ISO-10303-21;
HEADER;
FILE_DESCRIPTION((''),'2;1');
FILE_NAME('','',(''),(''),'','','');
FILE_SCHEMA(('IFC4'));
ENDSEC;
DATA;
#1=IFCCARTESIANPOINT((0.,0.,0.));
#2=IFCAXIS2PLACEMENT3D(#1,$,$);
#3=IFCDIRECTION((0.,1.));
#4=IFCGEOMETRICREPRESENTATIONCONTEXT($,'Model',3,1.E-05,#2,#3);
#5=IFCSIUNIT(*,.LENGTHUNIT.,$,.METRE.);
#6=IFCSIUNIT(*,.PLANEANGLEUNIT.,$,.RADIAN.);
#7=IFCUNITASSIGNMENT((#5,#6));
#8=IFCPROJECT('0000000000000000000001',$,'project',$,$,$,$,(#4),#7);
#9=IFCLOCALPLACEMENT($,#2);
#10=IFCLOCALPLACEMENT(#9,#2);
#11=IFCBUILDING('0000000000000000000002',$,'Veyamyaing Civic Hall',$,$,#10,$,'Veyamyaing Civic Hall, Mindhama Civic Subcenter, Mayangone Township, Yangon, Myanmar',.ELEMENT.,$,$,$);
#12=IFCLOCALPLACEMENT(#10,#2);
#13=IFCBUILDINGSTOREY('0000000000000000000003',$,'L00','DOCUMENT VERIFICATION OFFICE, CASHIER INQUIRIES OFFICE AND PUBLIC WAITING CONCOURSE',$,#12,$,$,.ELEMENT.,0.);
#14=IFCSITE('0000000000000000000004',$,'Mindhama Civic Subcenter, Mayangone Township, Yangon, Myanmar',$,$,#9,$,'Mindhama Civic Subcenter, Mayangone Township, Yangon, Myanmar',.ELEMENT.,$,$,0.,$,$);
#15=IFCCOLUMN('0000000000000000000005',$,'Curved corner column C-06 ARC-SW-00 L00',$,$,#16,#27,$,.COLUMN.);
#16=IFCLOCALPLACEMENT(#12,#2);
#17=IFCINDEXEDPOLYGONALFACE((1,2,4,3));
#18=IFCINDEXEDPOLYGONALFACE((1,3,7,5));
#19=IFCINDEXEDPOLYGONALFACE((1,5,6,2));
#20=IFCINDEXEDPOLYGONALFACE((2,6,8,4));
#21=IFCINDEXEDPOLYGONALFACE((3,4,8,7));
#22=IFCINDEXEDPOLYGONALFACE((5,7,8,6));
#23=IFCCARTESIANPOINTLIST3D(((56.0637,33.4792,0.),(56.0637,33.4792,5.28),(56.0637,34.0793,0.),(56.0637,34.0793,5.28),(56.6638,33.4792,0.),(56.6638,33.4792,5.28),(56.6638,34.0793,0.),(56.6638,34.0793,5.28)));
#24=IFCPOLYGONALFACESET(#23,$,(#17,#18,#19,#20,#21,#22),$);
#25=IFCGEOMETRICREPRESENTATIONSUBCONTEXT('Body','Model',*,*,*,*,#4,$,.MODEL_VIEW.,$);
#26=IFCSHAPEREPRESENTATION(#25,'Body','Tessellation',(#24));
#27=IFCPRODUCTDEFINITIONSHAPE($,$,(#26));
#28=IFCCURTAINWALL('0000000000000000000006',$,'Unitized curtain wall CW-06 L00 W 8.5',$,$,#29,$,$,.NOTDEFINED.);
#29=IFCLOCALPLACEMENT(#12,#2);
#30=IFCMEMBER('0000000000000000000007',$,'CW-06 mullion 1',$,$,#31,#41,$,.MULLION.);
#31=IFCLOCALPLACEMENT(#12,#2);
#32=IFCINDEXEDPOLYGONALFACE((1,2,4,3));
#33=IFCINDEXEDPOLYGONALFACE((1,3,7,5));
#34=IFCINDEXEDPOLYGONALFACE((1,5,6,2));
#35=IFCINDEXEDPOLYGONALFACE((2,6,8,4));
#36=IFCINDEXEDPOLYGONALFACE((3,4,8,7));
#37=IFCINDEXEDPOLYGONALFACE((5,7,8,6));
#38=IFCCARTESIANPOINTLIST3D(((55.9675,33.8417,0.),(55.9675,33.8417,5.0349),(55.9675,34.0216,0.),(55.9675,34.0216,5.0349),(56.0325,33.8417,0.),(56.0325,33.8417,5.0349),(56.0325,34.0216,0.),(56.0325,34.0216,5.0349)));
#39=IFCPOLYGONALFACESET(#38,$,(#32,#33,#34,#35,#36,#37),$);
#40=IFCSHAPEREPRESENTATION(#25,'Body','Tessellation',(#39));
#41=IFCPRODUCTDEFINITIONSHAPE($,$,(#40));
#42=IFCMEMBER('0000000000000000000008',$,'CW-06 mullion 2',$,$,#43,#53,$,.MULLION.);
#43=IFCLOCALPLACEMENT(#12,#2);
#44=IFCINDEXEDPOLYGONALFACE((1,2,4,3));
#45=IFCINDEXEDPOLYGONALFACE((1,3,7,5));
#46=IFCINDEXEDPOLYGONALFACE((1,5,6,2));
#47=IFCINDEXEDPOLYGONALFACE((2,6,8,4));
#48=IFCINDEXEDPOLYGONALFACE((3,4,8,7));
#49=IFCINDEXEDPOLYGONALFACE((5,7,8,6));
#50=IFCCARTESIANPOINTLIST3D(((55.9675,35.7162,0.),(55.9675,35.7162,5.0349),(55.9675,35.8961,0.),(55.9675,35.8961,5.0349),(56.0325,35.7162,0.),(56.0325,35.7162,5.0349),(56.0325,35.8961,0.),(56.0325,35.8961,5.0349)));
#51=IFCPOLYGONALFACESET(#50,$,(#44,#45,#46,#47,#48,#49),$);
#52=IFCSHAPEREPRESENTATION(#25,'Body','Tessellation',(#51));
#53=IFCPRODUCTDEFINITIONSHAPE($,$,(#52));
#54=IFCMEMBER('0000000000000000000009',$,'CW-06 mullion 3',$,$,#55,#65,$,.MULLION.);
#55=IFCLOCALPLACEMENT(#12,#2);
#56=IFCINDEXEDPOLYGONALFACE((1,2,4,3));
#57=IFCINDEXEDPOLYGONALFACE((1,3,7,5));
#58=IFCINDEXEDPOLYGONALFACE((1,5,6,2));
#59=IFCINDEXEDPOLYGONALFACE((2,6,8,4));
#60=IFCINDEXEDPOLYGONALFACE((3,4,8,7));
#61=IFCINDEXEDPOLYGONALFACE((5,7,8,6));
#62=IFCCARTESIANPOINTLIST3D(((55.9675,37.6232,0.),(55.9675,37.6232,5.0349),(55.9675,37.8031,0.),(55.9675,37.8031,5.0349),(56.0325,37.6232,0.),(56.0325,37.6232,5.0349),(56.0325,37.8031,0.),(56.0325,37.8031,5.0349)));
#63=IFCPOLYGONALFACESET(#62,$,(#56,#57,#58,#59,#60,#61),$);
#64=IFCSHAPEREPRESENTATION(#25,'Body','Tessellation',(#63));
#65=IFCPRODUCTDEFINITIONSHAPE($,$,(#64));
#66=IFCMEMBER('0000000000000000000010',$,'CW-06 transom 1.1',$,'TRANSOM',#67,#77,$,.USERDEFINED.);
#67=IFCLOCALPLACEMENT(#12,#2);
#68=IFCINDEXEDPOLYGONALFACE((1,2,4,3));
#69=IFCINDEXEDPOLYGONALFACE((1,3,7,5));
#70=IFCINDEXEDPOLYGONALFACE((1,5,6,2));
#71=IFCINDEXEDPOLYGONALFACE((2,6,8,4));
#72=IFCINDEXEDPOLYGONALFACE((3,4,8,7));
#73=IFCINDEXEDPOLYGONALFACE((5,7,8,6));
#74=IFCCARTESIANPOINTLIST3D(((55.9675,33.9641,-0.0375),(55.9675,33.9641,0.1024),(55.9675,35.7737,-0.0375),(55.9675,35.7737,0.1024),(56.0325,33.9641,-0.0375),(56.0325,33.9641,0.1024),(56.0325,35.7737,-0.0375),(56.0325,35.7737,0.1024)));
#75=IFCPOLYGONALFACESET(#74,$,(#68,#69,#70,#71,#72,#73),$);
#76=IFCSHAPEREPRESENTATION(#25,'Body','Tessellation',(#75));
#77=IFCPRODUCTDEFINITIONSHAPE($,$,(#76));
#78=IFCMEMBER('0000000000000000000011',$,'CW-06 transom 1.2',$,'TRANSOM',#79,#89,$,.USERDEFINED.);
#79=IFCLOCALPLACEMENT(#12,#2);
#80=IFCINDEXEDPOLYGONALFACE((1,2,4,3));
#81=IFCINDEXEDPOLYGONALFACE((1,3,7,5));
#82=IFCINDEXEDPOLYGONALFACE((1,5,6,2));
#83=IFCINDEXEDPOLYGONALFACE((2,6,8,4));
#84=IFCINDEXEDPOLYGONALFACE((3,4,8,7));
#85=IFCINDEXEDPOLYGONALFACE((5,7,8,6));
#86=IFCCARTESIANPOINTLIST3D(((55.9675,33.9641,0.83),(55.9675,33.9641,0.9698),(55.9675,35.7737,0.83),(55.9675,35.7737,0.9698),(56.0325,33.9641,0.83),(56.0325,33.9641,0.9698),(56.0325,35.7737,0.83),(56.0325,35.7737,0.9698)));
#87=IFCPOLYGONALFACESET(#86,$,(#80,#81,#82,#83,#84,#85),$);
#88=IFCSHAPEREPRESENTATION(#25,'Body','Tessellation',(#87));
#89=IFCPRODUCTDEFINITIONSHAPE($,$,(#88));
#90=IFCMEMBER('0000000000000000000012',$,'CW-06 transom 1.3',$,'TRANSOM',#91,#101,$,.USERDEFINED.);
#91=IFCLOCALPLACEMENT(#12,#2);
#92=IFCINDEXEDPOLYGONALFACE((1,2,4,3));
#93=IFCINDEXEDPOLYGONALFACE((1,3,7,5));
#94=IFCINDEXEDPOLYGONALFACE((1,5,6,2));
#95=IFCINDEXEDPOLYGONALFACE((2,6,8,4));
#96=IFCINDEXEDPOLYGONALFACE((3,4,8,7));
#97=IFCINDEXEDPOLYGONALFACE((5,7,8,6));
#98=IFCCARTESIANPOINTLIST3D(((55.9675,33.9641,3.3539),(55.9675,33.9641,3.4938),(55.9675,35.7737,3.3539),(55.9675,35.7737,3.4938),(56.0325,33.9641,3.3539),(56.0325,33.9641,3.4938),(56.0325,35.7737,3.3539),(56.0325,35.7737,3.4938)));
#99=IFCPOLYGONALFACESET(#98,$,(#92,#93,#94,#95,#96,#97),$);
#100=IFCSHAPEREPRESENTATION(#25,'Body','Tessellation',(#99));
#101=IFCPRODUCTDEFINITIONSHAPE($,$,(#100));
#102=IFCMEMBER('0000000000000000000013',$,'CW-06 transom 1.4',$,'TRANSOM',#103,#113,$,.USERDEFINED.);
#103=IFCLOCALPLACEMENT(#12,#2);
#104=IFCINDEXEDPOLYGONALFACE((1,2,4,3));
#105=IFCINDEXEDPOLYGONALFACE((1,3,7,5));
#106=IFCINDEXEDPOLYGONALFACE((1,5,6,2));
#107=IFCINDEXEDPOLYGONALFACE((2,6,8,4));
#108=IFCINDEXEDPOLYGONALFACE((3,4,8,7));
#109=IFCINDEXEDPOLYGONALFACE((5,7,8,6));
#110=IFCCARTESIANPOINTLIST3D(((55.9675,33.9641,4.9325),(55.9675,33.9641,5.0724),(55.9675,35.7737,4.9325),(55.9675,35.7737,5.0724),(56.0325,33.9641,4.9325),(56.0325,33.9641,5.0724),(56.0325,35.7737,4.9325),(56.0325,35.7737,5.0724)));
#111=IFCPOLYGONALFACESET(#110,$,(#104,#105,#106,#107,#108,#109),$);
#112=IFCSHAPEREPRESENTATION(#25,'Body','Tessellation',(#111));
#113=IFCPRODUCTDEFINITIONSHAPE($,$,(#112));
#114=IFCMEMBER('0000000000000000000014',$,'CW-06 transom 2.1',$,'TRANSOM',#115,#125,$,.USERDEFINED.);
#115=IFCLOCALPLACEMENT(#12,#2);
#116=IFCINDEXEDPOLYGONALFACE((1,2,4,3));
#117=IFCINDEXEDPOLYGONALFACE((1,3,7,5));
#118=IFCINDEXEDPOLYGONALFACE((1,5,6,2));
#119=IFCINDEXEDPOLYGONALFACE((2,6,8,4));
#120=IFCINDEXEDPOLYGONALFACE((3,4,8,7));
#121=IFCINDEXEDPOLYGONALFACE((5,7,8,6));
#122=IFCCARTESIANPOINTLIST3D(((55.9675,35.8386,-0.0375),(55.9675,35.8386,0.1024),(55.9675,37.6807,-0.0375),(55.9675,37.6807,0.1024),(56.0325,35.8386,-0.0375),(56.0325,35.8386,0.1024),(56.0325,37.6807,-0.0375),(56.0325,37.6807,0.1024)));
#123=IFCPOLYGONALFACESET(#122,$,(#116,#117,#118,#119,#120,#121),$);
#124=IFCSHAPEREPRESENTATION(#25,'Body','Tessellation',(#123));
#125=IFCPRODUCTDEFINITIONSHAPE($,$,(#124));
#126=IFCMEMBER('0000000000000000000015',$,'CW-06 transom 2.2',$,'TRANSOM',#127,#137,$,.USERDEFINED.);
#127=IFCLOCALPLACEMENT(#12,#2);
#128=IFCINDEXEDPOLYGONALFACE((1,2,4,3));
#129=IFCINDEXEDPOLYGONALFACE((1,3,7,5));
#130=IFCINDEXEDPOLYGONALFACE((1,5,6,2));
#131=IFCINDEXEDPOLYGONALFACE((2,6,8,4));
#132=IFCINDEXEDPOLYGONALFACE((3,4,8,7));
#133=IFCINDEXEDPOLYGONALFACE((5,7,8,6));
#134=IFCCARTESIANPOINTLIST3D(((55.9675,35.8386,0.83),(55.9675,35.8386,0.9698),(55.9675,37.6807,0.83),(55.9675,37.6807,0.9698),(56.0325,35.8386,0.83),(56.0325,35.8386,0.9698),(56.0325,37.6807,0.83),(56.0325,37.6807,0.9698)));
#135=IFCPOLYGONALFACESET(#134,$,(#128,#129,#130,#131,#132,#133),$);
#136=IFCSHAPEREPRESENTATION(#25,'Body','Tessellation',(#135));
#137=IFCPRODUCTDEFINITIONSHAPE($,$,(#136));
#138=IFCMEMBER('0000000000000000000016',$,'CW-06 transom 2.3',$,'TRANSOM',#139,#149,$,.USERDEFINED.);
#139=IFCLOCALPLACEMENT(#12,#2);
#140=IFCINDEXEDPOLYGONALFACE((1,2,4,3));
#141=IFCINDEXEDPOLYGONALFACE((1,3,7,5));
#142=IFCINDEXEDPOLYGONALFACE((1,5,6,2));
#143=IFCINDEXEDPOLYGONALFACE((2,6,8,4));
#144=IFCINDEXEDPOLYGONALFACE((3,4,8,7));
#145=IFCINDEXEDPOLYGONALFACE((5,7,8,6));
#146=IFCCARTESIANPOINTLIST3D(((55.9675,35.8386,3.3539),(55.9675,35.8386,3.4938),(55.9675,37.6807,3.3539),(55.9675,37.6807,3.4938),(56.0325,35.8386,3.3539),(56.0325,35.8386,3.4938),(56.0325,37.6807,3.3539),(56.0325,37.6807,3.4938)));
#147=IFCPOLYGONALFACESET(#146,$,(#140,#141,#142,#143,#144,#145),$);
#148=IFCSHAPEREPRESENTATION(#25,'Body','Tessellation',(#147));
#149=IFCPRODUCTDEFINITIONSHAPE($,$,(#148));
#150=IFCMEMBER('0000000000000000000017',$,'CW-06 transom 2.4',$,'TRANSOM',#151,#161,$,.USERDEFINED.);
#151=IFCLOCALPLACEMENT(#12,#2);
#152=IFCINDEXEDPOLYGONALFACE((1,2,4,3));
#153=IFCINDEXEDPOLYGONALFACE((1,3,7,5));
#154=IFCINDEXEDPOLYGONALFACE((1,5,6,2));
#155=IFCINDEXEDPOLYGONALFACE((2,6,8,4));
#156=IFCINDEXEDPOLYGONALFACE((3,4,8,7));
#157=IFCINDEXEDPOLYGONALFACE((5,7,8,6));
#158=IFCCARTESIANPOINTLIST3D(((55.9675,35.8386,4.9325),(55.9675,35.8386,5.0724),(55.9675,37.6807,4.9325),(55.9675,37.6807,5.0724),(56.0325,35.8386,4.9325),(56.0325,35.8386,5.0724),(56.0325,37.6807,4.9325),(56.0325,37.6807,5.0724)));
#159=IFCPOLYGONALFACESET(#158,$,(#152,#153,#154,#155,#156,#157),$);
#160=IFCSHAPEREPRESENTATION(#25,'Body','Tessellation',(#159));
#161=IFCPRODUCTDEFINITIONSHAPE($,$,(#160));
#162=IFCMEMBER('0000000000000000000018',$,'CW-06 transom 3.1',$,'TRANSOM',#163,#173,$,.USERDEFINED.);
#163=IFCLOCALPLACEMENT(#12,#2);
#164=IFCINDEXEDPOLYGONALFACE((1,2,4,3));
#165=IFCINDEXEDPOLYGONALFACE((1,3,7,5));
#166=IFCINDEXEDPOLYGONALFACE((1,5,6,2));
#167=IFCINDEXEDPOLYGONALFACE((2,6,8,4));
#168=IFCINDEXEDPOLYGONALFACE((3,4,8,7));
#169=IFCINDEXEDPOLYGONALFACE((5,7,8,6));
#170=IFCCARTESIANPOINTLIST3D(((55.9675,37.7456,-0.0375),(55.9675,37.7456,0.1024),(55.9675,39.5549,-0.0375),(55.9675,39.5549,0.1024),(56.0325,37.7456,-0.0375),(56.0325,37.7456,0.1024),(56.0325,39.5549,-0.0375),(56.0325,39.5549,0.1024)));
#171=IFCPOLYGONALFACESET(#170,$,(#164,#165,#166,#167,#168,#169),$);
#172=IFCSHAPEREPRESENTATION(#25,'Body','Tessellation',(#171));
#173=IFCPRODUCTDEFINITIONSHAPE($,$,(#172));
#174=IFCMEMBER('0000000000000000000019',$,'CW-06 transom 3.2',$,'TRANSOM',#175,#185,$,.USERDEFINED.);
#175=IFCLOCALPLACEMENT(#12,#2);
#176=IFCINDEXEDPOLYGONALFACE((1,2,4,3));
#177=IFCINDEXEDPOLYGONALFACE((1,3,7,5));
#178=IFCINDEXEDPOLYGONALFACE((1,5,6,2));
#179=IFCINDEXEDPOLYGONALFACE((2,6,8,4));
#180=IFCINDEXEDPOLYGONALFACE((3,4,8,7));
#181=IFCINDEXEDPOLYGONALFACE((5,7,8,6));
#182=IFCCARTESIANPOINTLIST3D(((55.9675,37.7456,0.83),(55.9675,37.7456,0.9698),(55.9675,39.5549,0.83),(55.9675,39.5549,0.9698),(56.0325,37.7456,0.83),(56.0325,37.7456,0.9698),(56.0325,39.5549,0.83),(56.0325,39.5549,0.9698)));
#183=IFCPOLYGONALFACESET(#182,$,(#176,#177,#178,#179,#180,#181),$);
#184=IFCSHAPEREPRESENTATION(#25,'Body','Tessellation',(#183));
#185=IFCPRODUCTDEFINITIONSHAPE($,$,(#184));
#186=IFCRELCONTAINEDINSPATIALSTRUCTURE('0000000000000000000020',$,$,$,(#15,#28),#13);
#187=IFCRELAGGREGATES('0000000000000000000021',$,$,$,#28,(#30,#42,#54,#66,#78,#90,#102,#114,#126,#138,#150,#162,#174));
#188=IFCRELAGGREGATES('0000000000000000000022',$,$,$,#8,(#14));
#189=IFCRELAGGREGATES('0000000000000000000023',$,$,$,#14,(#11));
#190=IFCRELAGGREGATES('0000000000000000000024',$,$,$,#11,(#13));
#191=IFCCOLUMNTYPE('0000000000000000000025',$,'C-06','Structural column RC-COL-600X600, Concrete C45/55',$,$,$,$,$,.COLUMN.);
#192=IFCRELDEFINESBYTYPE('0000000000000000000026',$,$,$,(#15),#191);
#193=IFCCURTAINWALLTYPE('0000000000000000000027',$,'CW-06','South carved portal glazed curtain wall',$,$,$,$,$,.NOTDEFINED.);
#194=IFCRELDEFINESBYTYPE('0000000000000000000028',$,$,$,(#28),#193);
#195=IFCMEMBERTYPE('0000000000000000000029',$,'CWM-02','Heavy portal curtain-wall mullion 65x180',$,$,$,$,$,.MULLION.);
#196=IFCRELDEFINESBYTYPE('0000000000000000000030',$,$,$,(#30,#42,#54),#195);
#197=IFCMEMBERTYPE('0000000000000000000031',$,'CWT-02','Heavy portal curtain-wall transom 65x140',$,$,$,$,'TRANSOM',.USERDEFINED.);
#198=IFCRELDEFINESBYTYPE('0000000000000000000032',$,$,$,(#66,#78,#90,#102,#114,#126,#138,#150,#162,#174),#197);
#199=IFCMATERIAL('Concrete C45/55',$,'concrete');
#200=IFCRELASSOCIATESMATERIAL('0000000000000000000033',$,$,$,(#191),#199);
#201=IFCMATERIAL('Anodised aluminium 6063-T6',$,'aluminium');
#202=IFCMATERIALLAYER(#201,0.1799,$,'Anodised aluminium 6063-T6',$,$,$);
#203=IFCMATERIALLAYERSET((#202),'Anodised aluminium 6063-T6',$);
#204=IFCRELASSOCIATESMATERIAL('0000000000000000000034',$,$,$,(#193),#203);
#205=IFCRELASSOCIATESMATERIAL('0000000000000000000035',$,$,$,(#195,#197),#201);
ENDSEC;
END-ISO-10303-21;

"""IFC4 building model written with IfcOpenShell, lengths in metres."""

from ifc_helpers import new_model, si_unit, direction, frame, origin, origin_2d, place, context, subcontext, project, spatial, rectangle, extrude, material, layer, layer_set, material_profile, profile_set, type_object, element, aggregate, save


model = new_model("IFC4")

# Units and contexts
model_context = context("Model", 3, precision=1e-05, world=origin(), true_north=direction((0.0, 1.0)))
body_context = subcontext(model_context, "Body", "Model", "MODEL_VIEW")
ifc_project = project(units=[si_unit("LENGTHUNIT", "METRE"), si_unit("PLANEANGLEUNIT", "RADIAN")], contexts=[model_context])

# Site, building, storey
site_placement = place(None, origin())
site = spatial("IfcSite", under=ifc_project, at=site_placement, Name="Mindhama Civic Subcenter, Mayangone Township, Yangon, Myanmar", LongName="Mindhama Civic Subcenter, Mayangone Township, Yangon, Myanmar", CompositionType="ELEMENT", RefElevation=0.0)
building_placement = place(site_placement, origin())
building = spatial("IfcBuilding", under=site, at=building_placement, Name="Veyamyaing Civic Hall", LongName="Veyamyaing Civic Hall, Mindhama Civic Subcenter, Mayangone Township, Yangon, Myanmar", CompositionType="ELEMENT")
storey_placement = place(building_placement, origin())
storey = spatial("IfcBuildingStorey", under=building, at=storey_placement, Name="L00", Description="DOCUMENT VERIFICATION OFFICE, CASHIER INQUIRIES OFFICE AND PUBLIC WAITING CONCOURSE", CompositionType="ELEMENT", Elevation=0.0)

# Column
ifc_material_1 = material(Name="Concrete C45/55", Category="concrete")
ifc_material_profile_1 = material_profile(ifc_material_1, rectangle(XDim=0.6001, YDim=0.6001, at=origin_2d()), Name="RC-COL-600X600")
ifc_profile_set_1 = profile_set([ifc_material_profile_1], Name="Concrete C45/55")
column_type = type_object("IfcColumnType", Name="C-06", Description="Structural column RC-COL-600X600, Concrete C45/55", PredefinedType="COLUMN", material=ifc_profile_set_1)
column_placement = place(storey_placement, frame((56.3638, 33.7793, 0.0), z_axis=(0.0, 0.0, 1.0), x_axis=(1.0, 0.0, 0.0)))
element("IfcColumn", 1, at=column_placement, inside=storey, type_object=column_type, Name="Curved corner column C-06 ARC-SW-00 L00", PredefinedType="COLUMN", context=body_context, shape_type="SweptSolid", body=[
    extrude(rectangle(XDim=0.6001, YDim=0.6001, at=origin_2d()), origin(), (0.0, 0.0, 1.0), 5.28),
])

# Curtain wall, members
ifc_material_2 = material(Name="Anodised aluminium 6063-T6", Category="aluminium")
ifc_layer_1 = layer(ifc_material_2, 0.1799, Name="Anodised aluminium 6063-T6")
ifc_layer_set_1 = layer_set([ifc_layer_1], Name="Anodised aluminium 6063-T6")
curtain_wall_type = type_object("IfcCurtainWallType", Name="CW-06", Description="South carved portal glazed curtain wall", PredefinedType="NOTDEFINED", material=ifc_layer_set_1)
curtain_wall_placement = place(storey_placement, origin())
curtain_wall = element("IfcCurtainWall", 2, at=curtain_wall_placement, inside=storey, type_object=curtain_wall_type, Name="Unitized curtain wall CW-06 L00 W 8.5", PredefinedType="NOTDEFINED")
ifc_material_profile_2 = material_profile(ifc_material_2, rectangle(XDim=0.0649, YDim=0.1799, at=origin_2d()), Name="ALU-MUL-65X180")
ifc_profile_set_2 = profile_set([ifc_material_profile_2], Name="Anodised aluminium 6063-T6")
member_type_1 = type_object("IfcMemberType", Name="CWM-02", Description="Heavy portal curtain-wall mullion 65x180", PredefinedType="MULLION", material=ifc_profile_set_2)
member_1_placement = place(storey_placement, frame((56.0, 33.9316, 0.0), z_axis=(0.0, 0.0, 1.0), x_axis=(-1.0, 0.0, 0.0)))
member_1 = element("IfcMember", 3, at=member_1_placement, type_object=member_type_1, Name="CW-06 mullion 1", PredefinedType="MULLION", context=body_context, shape_type="SweptSolid", body=[
    extrude(rectangle(XDim=0.0649, YDim=0.1799, at=origin_2d()), origin(), (0.0, 0.0, 1.0), 5.0349),
])
member_2_placement = place(storey_placement, frame((56.0, 35.8062, 0.0), z_axis=(0.0, 0.0, 1.0), x_axis=(-1.0, 0.0, 0.0)))
member_2 = element("IfcMember", 4, at=member_2_placement, type_object=member_type_1, Name="CW-06 mullion 2", PredefinedType="MULLION", context=body_context, shape_type="SweptSolid", body=[
    extrude(rectangle(XDim=0.0649, YDim=0.1799, at=origin_2d()), origin(), (0.0, 0.0, 1.0), 5.0349),
])
member_3_placement = place(storey_placement, frame((56.0, 37.7131, 0.0), z_axis=(0.0, 0.0, 1.0), x_axis=(-1.0, 0.0, 0.0)))
member_3 = element("IfcMember", 5, at=member_3_placement, type_object=member_type_1, Name="CW-06 mullion 3", PredefinedType="MULLION", context=body_context, shape_type="SweptSolid", body=[
    extrude(rectangle(XDim=0.0649, YDim=0.1799, at=origin_2d()), origin(), (0.0, 0.0, 1.0), 5.0349),
])
ifc_material_profile_3 = material_profile(ifc_material_2, rectangle(XDim=0.0649, YDim=0.1399, at=origin_2d()), Name="ALU-TRN-65X140")
ifc_profile_set_3 = profile_set([ifc_material_profile_3], Name="Anodised aluminium 6063-T6")
member_type_2 = type_object("IfcMemberType", Name="CWT-02", Description="Heavy portal curtain-wall transom 65x140", ElementType="TRANSOM", PredefinedType="USERDEFINED", material=ifc_profile_set_3)
member_4_placement = place(storey_placement, frame((56.0, 33.9641, 0.0325), z_axis=(0.0, 1.0, 0.0), x_axis=(-1.0, 0.0, 0.0)))
member_4 = element("IfcMember", 6, at=member_4_placement, type_object=member_type_2, Name="CW-06 transom 1.1", ObjectType="TRANSOM", PredefinedType="USERDEFINED", context=body_context, shape_type="SweptSolid", body=[
    extrude(rectangle(XDim=0.0649, YDim=0.1399, at=origin_2d()), origin(), (0.0, 0.0, 1.0), 1.8096),
])
member_5_placement = place(storey_placement, frame((56.0, 33.9641, 0.8999), z_axis=(0.0, 1.0, 0.0), x_axis=(-1.0, 0.0, 0.0)))
member_5 = element("IfcMember", 7, at=member_5_placement, type_object=member_type_2, Name="CW-06 transom 1.2", ObjectType="TRANSOM", PredefinedType="USERDEFINED", context=body_context, shape_type="SweptSolid", body=[
    extrude(rectangle(XDim=0.0649, YDim=0.1399, at=origin_2d()), origin(), (0.0, 0.0, 1.0), 1.8096),
])
member_6_placement = place(storey_placement, frame((56.0, 33.9641, 3.4238), z_axis=(0.0, 1.0, 0.0), x_axis=(-1.0, 0.0, 0.0)))
member_6 = element("IfcMember", 8, at=member_6_placement, type_object=member_type_2, Name="CW-06 transom 1.3", ObjectType="TRANSOM", PredefinedType="USERDEFINED", context=body_context, shape_type="SweptSolid", body=[
    extrude(rectangle(XDim=0.0649, YDim=0.1399, at=origin_2d()), origin(), (0.0, 0.0, 1.0), 1.8096),
])
member_7_placement = place(storey_placement, frame((56.0, 33.9641, 5.0024), z_axis=(0.0, 1.0, 0.0), x_axis=(-1.0, 0.0, 0.0)))
member_7 = element("IfcMember", 9, at=member_7_placement, type_object=member_type_2, Name="CW-06 transom 1.4", ObjectType="TRANSOM", PredefinedType="USERDEFINED", context=body_context, shape_type="SweptSolid", body=[
    extrude(rectangle(XDim=0.0649, YDim=0.1399, at=origin_2d()), origin(), (0.0, 0.0, 1.0), 1.8096),
])
member_8_placement = place(storey_placement, frame((56.0, 35.8386, 0.0325), z_axis=(0.0, 1.0, 0.0), x_axis=(-1.0, 0.0, 0.0)))
member_8 = element("IfcMember", 10, at=member_8_placement, type_object=member_type_2, Name="CW-06 transom 2.1", ObjectType="TRANSOM", PredefinedType="USERDEFINED", context=body_context, shape_type="SweptSolid", body=[
    extrude(rectangle(XDim=0.0649, YDim=0.1399, at=origin_2d()), origin(), (0.0, 0.0, 1.0), 1.842),
])
member_9_placement = place(storey_placement, frame((56.0, 35.8386, 0.8999), z_axis=(0.0, 1.0, 0.0), x_axis=(-1.0, 0.0, 0.0)))
member_9 = element("IfcMember", 11, at=member_9_placement, type_object=member_type_2, Name="CW-06 transom 2.2", ObjectType="TRANSOM", PredefinedType="USERDEFINED", context=body_context, shape_type="SweptSolid", body=[
    extrude(rectangle(XDim=0.0649, YDim=0.1399, at=origin_2d()), origin(), (0.0, 0.0, 1.0), 1.842),
])
member_10_placement = place(storey_placement, frame((56.0, 35.8386, 3.4238), z_axis=(0.0, 1.0, 0.0), x_axis=(-1.0, 0.0, 0.0)))
member_10 = element("IfcMember", 12, at=member_10_placement, type_object=member_type_2, Name="CW-06 transom 2.3", ObjectType="TRANSOM", PredefinedType="USERDEFINED", context=body_context, shape_type="SweptSolid", body=[
    extrude(rectangle(XDim=0.0649, YDim=0.1399, at=origin_2d()), origin(), (0.0, 0.0, 1.0), 1.842),
])
member_11_placement = place(storey_placement, frame((56.0, 35.8386, 5.0024), z_axis=(0.0, 1.0, 0.0), x_axis=(-1.0, 0.0, 0.0)))
member_11 = element("IfcMember", 13, at=member_11_placement, type_object=member_type_2, Name="CW-06 transom 2.4", ObjectType="TRANSOM", PredefinedType="USERDEFINED", context=body_context, shape_type="SweptSolid", body=[
    extrude(rectangle(XDim=0.0649, YDim=0.1399, at=origin_2d()), origin(), (0.0, 0.0, 1.0), 1.842),
])
member_12_placement = place(storey_placement, frame((56.0, 37.7456, 0.0325), z_axis=(0.0, 1.0, 0.0), x_axis=(-1.0, 0.0, 0.0)))
member_12 = element("IfcMember", 14, at=member_12_placement, type_object=member_type_2, Name="CW-06 transom 3.1", ObjectType="TRANSOM", PredefinedType="USERDEFINED", context=body_context, shape_type="SweptSolid", body=[
    extrude(rectangle(XDim=0.0649, YDim=0.1399, at=origin_2d()), origin(), (0.0, 0.0, 1.0), 1.8093),
])
member_13_placement = place(storey_placement, frame((56.0, 37.7456, 0.8999), z_axis=(0.0, 1.0, 0.0), x_axis=(-1.0, 0.0, 0.0)))
member_13 = element("IfcMember", 15, at=member_13_placement, type_object=member_type_2, Name="CW-06 transom 3.2", ObjectType="TRANSOM", PredefinedType="USERDEFINED", context=body_context, shape_type="SweptSolid", body=[
    extrude(rectangle(XDim=0.0649, YDim=0.1399, at=origin_2d()), origin(), (0.0, 0.0, 1.0), 1.8093),
])
aggregate(curtain_wall, [member_1, member_2, member_3, member_4, member_5, member_6, member_7, member_8, member_9, member_10, member_11, member_12, member_13])

save(model, "model.ifc")
